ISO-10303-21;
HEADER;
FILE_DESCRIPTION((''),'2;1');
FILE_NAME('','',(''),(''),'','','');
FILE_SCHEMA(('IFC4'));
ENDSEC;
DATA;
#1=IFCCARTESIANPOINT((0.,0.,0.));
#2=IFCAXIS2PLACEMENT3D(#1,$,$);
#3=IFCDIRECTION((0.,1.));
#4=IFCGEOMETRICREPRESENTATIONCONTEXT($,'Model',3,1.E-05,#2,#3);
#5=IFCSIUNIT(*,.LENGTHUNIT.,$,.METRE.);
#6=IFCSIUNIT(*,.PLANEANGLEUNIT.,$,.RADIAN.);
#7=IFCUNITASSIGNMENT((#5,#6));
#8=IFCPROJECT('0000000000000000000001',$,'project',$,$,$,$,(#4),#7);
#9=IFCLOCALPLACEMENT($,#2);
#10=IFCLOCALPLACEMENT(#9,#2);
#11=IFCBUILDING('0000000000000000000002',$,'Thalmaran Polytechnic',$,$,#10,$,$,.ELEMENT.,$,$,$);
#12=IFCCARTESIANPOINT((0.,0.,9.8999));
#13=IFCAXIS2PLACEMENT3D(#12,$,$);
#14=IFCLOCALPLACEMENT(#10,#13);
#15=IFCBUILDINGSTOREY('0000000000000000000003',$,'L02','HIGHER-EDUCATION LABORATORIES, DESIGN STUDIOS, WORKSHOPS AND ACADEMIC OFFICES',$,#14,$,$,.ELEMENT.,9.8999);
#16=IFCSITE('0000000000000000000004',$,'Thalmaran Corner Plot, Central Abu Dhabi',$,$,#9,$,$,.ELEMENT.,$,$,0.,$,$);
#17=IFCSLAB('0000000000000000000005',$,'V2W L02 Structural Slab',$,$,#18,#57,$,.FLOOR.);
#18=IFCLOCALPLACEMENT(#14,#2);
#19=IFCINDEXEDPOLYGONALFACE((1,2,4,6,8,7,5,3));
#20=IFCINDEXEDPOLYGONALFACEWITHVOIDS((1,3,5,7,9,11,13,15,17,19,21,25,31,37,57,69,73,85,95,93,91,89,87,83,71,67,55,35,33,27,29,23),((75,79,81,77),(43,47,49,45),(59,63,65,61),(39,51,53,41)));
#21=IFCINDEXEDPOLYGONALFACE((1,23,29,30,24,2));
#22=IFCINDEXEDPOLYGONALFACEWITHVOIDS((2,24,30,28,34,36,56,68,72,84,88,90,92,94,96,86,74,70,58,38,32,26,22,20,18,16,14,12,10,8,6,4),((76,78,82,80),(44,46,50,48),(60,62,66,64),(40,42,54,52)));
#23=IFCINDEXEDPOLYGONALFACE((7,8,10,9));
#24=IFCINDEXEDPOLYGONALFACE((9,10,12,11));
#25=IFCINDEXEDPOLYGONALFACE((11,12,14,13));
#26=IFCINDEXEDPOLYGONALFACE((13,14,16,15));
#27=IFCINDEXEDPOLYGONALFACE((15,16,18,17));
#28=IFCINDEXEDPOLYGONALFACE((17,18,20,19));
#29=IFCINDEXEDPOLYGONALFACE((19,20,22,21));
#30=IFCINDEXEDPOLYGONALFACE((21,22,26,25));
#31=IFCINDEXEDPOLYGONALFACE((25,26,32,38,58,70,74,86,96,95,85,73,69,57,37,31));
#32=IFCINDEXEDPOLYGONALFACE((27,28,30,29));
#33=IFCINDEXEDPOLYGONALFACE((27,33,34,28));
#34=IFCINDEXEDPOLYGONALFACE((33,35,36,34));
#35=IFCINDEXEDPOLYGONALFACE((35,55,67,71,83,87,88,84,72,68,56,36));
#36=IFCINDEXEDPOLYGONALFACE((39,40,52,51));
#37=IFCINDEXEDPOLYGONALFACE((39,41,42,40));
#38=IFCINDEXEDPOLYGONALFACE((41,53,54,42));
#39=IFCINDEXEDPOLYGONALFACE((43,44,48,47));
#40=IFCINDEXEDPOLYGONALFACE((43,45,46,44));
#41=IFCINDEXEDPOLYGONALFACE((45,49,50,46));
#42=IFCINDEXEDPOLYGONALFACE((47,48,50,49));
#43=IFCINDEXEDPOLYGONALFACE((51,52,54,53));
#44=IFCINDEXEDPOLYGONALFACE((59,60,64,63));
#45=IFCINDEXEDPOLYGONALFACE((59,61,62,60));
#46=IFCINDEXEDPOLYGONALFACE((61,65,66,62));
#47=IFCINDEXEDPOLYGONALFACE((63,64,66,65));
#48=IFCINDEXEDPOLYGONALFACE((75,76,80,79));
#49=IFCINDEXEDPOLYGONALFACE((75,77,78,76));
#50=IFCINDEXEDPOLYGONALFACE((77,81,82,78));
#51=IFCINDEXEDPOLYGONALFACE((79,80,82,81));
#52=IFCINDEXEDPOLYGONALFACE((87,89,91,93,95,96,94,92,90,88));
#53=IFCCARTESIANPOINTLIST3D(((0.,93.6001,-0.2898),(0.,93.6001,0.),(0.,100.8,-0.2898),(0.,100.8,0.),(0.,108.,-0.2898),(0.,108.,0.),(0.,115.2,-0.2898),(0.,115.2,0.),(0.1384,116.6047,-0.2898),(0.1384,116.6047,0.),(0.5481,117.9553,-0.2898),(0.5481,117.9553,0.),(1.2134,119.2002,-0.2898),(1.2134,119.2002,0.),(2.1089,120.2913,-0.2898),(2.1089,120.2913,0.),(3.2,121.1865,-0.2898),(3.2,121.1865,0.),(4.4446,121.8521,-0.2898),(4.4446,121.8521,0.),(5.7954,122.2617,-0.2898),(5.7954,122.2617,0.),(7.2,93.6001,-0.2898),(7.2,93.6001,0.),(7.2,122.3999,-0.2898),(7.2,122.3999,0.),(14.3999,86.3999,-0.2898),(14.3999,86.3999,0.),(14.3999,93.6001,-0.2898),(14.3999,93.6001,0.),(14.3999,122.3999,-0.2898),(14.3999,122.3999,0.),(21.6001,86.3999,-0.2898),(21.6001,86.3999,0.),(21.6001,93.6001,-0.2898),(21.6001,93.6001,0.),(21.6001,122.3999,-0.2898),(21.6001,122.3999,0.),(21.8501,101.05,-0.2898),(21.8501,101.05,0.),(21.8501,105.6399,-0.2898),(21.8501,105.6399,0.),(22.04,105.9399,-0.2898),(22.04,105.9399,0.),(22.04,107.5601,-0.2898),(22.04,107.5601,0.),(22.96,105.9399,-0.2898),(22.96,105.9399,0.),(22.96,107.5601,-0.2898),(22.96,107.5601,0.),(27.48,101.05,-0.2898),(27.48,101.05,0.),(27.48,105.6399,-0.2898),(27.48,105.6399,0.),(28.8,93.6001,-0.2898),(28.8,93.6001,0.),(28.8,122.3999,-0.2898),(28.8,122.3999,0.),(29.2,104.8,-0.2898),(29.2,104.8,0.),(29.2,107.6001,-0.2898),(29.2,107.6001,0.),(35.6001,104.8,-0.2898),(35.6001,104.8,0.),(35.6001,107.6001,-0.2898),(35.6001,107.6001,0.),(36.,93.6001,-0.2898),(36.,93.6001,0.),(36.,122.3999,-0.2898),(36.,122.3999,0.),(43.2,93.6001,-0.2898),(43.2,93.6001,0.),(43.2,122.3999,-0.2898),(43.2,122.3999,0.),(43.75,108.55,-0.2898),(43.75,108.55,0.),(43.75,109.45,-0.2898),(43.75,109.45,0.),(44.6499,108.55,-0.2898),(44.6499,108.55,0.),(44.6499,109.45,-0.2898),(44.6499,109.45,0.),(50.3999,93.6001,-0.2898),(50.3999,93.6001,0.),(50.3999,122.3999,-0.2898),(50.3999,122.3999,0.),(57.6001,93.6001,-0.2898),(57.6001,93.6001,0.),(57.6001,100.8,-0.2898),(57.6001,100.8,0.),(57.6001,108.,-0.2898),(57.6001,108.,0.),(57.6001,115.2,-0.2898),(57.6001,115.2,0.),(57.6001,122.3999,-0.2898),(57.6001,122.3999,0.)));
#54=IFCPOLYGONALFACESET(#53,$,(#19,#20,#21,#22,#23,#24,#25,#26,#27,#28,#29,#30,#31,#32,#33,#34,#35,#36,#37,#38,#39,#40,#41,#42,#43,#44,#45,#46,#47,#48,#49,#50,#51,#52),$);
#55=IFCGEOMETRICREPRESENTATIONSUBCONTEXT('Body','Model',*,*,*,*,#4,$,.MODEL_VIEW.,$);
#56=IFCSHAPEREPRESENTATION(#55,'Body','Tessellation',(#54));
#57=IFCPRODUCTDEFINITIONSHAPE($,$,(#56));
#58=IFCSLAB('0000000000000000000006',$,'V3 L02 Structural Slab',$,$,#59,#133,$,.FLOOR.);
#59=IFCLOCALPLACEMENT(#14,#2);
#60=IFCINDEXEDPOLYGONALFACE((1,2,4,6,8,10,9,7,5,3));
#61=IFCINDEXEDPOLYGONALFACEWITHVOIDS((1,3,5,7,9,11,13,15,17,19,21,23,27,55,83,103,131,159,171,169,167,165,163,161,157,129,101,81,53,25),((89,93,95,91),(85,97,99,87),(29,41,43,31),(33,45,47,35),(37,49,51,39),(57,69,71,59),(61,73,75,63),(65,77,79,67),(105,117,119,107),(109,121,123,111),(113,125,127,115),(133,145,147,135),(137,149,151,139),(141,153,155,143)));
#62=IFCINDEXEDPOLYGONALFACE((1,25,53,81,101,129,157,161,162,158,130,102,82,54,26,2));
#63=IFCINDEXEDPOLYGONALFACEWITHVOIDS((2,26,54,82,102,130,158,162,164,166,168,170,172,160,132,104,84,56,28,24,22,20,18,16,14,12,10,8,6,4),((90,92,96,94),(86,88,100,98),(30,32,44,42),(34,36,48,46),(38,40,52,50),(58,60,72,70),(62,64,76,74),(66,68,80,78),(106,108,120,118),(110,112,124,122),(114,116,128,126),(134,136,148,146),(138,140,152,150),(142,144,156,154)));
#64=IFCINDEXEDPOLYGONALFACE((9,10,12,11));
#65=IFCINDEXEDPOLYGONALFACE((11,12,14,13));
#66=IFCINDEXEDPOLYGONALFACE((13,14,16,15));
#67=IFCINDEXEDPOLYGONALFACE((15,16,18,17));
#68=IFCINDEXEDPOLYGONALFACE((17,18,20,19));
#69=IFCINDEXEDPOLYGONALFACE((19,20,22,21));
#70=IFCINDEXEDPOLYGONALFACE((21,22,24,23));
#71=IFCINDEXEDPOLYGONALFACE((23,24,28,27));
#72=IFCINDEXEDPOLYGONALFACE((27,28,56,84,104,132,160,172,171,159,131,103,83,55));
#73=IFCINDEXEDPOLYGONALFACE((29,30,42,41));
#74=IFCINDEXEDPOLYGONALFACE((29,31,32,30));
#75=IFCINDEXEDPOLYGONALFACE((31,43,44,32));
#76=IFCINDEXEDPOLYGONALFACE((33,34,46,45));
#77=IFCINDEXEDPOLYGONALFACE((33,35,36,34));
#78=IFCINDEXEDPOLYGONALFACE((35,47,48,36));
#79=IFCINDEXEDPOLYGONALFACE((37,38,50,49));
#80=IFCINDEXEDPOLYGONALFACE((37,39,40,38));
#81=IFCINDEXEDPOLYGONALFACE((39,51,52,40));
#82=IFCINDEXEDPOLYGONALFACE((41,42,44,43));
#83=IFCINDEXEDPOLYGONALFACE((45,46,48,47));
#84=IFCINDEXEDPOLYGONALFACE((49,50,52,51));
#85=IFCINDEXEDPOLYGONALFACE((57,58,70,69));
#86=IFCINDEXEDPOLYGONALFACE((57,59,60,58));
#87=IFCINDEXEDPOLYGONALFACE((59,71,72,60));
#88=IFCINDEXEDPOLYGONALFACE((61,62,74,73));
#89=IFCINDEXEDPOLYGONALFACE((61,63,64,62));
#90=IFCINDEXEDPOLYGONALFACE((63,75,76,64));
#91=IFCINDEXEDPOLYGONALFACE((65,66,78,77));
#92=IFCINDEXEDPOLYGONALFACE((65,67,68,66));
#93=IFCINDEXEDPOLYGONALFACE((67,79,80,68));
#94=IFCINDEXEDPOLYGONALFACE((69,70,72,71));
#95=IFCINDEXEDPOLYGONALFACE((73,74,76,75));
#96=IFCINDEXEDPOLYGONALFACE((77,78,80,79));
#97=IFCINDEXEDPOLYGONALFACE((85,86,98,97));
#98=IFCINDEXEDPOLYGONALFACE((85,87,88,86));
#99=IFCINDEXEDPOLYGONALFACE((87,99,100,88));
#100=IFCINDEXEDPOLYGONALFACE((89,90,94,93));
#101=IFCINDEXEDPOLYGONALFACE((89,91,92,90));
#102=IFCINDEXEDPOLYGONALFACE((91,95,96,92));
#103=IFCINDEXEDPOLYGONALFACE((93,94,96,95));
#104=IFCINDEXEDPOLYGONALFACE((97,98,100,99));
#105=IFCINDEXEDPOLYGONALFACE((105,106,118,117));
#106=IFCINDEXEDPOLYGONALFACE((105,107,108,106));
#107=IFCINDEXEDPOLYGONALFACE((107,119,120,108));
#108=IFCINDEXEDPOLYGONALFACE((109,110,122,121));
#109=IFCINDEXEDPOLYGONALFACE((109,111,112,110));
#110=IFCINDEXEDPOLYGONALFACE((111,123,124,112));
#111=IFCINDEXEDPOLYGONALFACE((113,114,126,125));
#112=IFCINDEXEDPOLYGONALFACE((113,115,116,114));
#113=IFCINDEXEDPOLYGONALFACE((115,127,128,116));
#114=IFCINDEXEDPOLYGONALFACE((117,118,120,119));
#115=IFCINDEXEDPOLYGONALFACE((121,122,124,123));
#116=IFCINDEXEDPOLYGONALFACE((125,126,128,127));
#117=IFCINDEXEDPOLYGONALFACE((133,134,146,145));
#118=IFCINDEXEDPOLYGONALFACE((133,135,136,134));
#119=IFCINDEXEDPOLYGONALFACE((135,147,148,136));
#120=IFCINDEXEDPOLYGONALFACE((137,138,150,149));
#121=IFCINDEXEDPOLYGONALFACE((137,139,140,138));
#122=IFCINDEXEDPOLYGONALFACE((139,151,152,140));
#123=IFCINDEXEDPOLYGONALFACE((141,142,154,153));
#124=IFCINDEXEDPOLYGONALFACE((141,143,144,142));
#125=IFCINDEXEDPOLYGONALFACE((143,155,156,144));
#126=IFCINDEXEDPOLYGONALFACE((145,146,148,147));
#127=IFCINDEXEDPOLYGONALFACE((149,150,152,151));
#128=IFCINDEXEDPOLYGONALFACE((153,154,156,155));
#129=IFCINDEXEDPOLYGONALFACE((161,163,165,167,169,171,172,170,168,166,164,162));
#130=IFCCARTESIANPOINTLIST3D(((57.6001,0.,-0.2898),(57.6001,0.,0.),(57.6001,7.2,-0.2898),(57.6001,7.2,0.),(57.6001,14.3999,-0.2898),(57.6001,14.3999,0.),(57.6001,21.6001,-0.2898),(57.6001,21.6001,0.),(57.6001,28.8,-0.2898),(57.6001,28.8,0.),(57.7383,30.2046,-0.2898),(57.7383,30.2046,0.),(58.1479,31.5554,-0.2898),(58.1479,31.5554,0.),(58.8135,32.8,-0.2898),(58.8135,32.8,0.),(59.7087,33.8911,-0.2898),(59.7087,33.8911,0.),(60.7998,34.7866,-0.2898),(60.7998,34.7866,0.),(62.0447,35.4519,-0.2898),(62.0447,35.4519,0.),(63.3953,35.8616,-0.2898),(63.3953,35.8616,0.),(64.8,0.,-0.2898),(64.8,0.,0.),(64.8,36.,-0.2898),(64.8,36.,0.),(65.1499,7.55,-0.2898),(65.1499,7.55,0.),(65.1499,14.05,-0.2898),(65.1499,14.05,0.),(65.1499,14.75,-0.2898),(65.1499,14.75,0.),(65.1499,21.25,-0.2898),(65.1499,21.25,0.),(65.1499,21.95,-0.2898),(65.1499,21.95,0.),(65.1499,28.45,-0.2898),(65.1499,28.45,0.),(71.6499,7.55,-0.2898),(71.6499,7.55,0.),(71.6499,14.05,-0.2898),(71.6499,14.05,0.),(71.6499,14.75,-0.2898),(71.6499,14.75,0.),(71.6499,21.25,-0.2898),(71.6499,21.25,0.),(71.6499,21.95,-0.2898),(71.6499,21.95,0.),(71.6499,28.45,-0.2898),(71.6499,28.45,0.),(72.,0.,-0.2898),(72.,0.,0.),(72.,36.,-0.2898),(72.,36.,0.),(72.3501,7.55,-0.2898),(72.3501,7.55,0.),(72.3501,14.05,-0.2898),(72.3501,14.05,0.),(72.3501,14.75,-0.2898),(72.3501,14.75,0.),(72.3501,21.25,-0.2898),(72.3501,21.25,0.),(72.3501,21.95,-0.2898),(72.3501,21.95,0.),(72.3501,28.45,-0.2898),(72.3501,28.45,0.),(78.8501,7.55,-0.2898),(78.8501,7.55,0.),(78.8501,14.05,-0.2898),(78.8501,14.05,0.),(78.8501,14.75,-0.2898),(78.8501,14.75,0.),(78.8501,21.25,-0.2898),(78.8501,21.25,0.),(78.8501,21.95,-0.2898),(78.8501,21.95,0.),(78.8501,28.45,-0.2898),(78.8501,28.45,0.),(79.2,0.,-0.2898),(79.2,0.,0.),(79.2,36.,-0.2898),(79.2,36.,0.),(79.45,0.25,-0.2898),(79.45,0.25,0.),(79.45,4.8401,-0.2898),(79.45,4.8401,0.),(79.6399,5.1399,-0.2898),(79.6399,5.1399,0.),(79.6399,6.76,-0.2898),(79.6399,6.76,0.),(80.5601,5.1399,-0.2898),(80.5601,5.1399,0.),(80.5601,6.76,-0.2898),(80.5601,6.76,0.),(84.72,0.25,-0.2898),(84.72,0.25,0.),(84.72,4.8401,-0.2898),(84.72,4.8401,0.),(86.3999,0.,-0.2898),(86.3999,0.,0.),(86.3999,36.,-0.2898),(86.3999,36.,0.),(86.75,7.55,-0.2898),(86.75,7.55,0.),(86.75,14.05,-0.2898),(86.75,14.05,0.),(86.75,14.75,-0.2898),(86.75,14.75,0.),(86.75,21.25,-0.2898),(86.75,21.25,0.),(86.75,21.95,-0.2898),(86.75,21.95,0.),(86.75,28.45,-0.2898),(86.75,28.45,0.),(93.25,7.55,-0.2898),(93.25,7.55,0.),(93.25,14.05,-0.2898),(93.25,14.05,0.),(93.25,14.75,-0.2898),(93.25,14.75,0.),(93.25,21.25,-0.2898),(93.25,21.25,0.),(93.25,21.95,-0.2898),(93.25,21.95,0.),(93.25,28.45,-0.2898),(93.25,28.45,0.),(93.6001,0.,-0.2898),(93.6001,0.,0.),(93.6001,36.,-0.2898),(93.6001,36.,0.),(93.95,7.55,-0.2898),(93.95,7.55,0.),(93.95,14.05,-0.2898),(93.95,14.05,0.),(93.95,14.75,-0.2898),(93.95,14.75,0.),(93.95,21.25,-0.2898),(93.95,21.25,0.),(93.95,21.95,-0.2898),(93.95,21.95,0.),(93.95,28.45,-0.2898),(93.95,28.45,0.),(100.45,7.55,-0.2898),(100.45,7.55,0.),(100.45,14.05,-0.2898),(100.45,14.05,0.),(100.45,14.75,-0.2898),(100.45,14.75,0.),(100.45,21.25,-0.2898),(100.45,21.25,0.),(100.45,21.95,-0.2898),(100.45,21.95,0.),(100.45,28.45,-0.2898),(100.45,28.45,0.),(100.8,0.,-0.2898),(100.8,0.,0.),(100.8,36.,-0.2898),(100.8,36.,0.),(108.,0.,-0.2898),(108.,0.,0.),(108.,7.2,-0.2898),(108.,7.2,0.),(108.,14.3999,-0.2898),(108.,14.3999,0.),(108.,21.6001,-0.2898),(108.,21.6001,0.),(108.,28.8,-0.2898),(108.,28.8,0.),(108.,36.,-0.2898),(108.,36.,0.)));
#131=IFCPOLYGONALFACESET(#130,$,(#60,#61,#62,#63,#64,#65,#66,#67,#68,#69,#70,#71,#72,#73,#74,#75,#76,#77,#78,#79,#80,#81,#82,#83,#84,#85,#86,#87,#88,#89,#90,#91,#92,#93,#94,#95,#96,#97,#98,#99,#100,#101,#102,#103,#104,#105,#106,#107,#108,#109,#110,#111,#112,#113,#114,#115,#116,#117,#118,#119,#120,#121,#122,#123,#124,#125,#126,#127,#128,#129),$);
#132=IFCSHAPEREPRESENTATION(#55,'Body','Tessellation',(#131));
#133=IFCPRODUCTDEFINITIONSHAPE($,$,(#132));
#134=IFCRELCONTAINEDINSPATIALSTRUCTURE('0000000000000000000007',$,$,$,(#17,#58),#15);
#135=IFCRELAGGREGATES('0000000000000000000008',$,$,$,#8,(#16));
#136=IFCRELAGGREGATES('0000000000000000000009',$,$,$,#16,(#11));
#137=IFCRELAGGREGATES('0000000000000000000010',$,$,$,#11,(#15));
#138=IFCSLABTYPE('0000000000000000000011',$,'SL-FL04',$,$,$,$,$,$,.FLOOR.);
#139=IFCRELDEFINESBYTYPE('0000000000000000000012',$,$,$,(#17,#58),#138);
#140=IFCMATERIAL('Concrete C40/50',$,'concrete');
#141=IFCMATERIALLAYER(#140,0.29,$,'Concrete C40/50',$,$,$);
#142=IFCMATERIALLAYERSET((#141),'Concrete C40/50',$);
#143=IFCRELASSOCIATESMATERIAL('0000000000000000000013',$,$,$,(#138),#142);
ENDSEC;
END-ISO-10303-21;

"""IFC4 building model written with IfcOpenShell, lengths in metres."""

from ifc_helpers import new_model, si_unit, direction, frame, origin, place, context, subcontext, project, spatial, polyline, outline, extrude, material, layer, layer_set, type_object, element, save


model = new_model("IFC4")

# Units and contexts
model_context = context("Model", 3, precision=1e-05, world=origin(), true_north=direction((0.0, 1.0)))
body_context = subcontext(model_context, "Body", "Model", "MODEL_VIEW")
ifc_project = project(units=[si_unit("LENGTHUNIT", "METRE"), si_unit("PLANEANGLEUNIT", "RADIAN")], contexts=[model_context])

# Site, building, storey
site_placement = place(None, origin())
site = spatial("IfcSite", under=ifc_project, at=site_placement, Name="Thalmaran Corner Plot, Central Abu Dhabi", CompositionType="ELEMENT", RefElevation=0.0)
building_placement = place(site_placement, origin())
building = spatial("IfcBuilding", under=site, at=building_placement, Name="Thalmaran Polytechnic", CompositionType="ELEMENT")
storey_placement = place(building_placement, frame((0.0, 0.0, 9.8999)))
storey = spatial("IfcBuildingStorey", under=building, at=storey_placement, Name="L02", Description="HIGHER-EDUCATION LABORATORIES, DESIGN STUDIOS, WORKSHOPS AND ACADEMIC OFFICES", CompositionType="ELEMENT", Elevation=9.8999)

# Slabs
ifc_material_1 = material(Name="Concrete C40/50", Category="concrete")
ifc_layer_1 = layer(ifc_material_1, 0.29, Name="Concrete C40/50")
ifc_layer_set_1 = layer_set([ifc_layer_1], Name="Concrete C40/50")
slab_type_1 = type_object("IfcSlabType", Name="SL-FL04", PredefinedType="FLOOR", material=ifc_layer_set_1)
slab_1_placement = place(storey_placement, frame((0.0, 0.0, -0.2898)))
element("IfcSlab", 1, at=slab_1_placement, inside=storey, type_object=slab_type_1, Name="V2W L02 Structural Slab", PredefinedType="FLOOR", context=body_context, shape_type="SweptSolid", body=[
    extrude(outline(polyline([(0.1384, 116.6047), (0.5481, 117.9553), (1.2134, 119.2002), (2.1089, 120.2913), (3.2, 121.1865), (4.4446, 121.8521), (5.7954, 122.2617), (7.2, 122.3999), (14.3999, 122.3999), (21.6001, 122.3999), (28.8, 122.3999), (36.0, 122.3999), (43.2, 122.3999), (50.3999, 122.3999), (57.6001, 122.3999), (57.6001, 115.2), (57.6001, 108.0), (57.6001, 100.8), (57.6001, 93.6001), (50.3999, 93.6001), (43.2, 93.6001), (36.0, 93.6001), (28.8, 93.6001), (21.6001, 93.6001), (21.6001, 86.3999), (14.3999, 86.3999), (14.3999, 93.6001), (7.2, 93.6001), (0.0, 93.6001), (0.0, 100.8), (0.0, 108.0), (0.0, 115.2), (0.1384, 116.6047)]), holes=[polyline([(44.6499, 109.45), (43.75, 109.45), (43.75, 108.55), (44.6499, 108.55), (44.6499, 109.45)]), polyline([(29.2, 107.6001), (29.2, 104.8), (35.6001, 104.8), (35.6001, 107.6001), (29.2, 107.6001)]), polyline([(27.48, 101.05), (27.48, 105.6399), (21.8501, 105.6399), (21.8501, 101.05), (27.48, 101.05)]), polyline([(22.04, 105.9399), (22.96, 105.9399), (22.96, 107.5601), (22.04, 107.5601), (22.04, 105.9399)])]), origin(), (0.0, 0.0, 1.0), 0.2898),
])
slab_2_placement = place(storey_placement, frame((0.0, 0.0, -0.2898)))
element("IfcSlab", 2, at=slab_2_placement, inside=storey, type_object=slab_type_1, Name="V3 L02 Structural Slab", PredefinedType="FLOOR", context=body_context, shape_type="SweptSolid", body=[
    extrude(outline(polyline([(57.6001, 7.2), (57.6001, 14.3999), (57.6001, 21.6001), (57.6001, 28.8), (57.7383, 30.2046), (58.1479, 31.5554), (58.8135, 32.8), (59.7087, 33.8911), (60.7998, 34.7866), (62.0447, 35.4519), (63.3953, 35.8616), (64.8, 36.0), (72.0, 36.0), (79.2, 36.0), (86.3999, 36.0), (93.6001, 36.0), (100.8, 36.0), (108.0, 36.0), (108.0, 28.8), (108.0, 21.6001), (108.0, 14.3999), (108.0, 7.2), (108.0, 0.0), (100.8, 0.0), (93.6001, 0.0), (86.3999, 0.0), (79.2, 0.0), (72.0, 0.0), (64.8, 0.0), (57.6001, 0.0), (57.6001, 7.2)]), holes=[polyline([(93.95, 7.55), (100.45, 7.55), (100.45, 14.05), (93.95, 14.05), (93.95, 7.55)]), polyline([(93.95, 21.95), (100.45, 21.95), (100.45, 28.45), (93.95, 28.45), (93.95, 21.95)]), polyline([(100.45, 14.75), (100.45, 21.25), (93.95, 21.25), (93.95, 14.75), (100.45, 14.75)]), polyline([(86.75, 14.75), (93.25, 14.75), (93.25, 21.25), (86.75, 21.25), (86.75, 14.75)]), polyline([(86.75, 21.95), (93.25, 21.95), (93.25, 28.45), (86.75, 28.45), (86.75, 21.95)]), polyline([(93.25, 7.55), (93.25, 14.05), (86.75, 14.05), (86.75, 7.55), (93.25, 7.55)]), polyline([(79.45, 4.8401), (79.45, 0.25), (84.72, 0.25), (84.72, 4.8401), (79.45, 4.8401)]), polyline([(80.5601, 6.76), (79.6399, 6.76), (79.6399, 5.1399), (80.5601, 5.1399), (80.5601, 6.76)]), polyline([(72.3501, 7.55), (78.8501, 7.55), (78.8501, 14.05), (72.3501, 14.05), (72.3501, 7.55)]), polyline([(72.3501, 21.95), (78.8501, 21.95), (78.8501, 28.45), (72.3501, 28.45), (72.3501, 21.95)]), polyline([(78.8501, 14.75), (78.8501, 21.25), (72.3501, 21.25), (72.3501, 14.75), (78.8501, 14.75)]), polyline([(65.1499, 14.75), (71.6499, 14.75), (71.6499, 21.25), (65.1499, 21.25), (65.1499, 14.75)]), polyline([(65.1499, 21.95), (71.6499, 21.95), (71.6499, 28.45), (65.1499, 28.45), (65.1499, 21.95)]), polyline([(71.6499, 7.55), (71.6499, 14.05), (65.1499, 14.05), (65.1499, 7.55), (71.6499, 7.55)])]), origin(), (0.0, 0.0, 1.0), 0.2898),
])

save(model, "model.ifc")
